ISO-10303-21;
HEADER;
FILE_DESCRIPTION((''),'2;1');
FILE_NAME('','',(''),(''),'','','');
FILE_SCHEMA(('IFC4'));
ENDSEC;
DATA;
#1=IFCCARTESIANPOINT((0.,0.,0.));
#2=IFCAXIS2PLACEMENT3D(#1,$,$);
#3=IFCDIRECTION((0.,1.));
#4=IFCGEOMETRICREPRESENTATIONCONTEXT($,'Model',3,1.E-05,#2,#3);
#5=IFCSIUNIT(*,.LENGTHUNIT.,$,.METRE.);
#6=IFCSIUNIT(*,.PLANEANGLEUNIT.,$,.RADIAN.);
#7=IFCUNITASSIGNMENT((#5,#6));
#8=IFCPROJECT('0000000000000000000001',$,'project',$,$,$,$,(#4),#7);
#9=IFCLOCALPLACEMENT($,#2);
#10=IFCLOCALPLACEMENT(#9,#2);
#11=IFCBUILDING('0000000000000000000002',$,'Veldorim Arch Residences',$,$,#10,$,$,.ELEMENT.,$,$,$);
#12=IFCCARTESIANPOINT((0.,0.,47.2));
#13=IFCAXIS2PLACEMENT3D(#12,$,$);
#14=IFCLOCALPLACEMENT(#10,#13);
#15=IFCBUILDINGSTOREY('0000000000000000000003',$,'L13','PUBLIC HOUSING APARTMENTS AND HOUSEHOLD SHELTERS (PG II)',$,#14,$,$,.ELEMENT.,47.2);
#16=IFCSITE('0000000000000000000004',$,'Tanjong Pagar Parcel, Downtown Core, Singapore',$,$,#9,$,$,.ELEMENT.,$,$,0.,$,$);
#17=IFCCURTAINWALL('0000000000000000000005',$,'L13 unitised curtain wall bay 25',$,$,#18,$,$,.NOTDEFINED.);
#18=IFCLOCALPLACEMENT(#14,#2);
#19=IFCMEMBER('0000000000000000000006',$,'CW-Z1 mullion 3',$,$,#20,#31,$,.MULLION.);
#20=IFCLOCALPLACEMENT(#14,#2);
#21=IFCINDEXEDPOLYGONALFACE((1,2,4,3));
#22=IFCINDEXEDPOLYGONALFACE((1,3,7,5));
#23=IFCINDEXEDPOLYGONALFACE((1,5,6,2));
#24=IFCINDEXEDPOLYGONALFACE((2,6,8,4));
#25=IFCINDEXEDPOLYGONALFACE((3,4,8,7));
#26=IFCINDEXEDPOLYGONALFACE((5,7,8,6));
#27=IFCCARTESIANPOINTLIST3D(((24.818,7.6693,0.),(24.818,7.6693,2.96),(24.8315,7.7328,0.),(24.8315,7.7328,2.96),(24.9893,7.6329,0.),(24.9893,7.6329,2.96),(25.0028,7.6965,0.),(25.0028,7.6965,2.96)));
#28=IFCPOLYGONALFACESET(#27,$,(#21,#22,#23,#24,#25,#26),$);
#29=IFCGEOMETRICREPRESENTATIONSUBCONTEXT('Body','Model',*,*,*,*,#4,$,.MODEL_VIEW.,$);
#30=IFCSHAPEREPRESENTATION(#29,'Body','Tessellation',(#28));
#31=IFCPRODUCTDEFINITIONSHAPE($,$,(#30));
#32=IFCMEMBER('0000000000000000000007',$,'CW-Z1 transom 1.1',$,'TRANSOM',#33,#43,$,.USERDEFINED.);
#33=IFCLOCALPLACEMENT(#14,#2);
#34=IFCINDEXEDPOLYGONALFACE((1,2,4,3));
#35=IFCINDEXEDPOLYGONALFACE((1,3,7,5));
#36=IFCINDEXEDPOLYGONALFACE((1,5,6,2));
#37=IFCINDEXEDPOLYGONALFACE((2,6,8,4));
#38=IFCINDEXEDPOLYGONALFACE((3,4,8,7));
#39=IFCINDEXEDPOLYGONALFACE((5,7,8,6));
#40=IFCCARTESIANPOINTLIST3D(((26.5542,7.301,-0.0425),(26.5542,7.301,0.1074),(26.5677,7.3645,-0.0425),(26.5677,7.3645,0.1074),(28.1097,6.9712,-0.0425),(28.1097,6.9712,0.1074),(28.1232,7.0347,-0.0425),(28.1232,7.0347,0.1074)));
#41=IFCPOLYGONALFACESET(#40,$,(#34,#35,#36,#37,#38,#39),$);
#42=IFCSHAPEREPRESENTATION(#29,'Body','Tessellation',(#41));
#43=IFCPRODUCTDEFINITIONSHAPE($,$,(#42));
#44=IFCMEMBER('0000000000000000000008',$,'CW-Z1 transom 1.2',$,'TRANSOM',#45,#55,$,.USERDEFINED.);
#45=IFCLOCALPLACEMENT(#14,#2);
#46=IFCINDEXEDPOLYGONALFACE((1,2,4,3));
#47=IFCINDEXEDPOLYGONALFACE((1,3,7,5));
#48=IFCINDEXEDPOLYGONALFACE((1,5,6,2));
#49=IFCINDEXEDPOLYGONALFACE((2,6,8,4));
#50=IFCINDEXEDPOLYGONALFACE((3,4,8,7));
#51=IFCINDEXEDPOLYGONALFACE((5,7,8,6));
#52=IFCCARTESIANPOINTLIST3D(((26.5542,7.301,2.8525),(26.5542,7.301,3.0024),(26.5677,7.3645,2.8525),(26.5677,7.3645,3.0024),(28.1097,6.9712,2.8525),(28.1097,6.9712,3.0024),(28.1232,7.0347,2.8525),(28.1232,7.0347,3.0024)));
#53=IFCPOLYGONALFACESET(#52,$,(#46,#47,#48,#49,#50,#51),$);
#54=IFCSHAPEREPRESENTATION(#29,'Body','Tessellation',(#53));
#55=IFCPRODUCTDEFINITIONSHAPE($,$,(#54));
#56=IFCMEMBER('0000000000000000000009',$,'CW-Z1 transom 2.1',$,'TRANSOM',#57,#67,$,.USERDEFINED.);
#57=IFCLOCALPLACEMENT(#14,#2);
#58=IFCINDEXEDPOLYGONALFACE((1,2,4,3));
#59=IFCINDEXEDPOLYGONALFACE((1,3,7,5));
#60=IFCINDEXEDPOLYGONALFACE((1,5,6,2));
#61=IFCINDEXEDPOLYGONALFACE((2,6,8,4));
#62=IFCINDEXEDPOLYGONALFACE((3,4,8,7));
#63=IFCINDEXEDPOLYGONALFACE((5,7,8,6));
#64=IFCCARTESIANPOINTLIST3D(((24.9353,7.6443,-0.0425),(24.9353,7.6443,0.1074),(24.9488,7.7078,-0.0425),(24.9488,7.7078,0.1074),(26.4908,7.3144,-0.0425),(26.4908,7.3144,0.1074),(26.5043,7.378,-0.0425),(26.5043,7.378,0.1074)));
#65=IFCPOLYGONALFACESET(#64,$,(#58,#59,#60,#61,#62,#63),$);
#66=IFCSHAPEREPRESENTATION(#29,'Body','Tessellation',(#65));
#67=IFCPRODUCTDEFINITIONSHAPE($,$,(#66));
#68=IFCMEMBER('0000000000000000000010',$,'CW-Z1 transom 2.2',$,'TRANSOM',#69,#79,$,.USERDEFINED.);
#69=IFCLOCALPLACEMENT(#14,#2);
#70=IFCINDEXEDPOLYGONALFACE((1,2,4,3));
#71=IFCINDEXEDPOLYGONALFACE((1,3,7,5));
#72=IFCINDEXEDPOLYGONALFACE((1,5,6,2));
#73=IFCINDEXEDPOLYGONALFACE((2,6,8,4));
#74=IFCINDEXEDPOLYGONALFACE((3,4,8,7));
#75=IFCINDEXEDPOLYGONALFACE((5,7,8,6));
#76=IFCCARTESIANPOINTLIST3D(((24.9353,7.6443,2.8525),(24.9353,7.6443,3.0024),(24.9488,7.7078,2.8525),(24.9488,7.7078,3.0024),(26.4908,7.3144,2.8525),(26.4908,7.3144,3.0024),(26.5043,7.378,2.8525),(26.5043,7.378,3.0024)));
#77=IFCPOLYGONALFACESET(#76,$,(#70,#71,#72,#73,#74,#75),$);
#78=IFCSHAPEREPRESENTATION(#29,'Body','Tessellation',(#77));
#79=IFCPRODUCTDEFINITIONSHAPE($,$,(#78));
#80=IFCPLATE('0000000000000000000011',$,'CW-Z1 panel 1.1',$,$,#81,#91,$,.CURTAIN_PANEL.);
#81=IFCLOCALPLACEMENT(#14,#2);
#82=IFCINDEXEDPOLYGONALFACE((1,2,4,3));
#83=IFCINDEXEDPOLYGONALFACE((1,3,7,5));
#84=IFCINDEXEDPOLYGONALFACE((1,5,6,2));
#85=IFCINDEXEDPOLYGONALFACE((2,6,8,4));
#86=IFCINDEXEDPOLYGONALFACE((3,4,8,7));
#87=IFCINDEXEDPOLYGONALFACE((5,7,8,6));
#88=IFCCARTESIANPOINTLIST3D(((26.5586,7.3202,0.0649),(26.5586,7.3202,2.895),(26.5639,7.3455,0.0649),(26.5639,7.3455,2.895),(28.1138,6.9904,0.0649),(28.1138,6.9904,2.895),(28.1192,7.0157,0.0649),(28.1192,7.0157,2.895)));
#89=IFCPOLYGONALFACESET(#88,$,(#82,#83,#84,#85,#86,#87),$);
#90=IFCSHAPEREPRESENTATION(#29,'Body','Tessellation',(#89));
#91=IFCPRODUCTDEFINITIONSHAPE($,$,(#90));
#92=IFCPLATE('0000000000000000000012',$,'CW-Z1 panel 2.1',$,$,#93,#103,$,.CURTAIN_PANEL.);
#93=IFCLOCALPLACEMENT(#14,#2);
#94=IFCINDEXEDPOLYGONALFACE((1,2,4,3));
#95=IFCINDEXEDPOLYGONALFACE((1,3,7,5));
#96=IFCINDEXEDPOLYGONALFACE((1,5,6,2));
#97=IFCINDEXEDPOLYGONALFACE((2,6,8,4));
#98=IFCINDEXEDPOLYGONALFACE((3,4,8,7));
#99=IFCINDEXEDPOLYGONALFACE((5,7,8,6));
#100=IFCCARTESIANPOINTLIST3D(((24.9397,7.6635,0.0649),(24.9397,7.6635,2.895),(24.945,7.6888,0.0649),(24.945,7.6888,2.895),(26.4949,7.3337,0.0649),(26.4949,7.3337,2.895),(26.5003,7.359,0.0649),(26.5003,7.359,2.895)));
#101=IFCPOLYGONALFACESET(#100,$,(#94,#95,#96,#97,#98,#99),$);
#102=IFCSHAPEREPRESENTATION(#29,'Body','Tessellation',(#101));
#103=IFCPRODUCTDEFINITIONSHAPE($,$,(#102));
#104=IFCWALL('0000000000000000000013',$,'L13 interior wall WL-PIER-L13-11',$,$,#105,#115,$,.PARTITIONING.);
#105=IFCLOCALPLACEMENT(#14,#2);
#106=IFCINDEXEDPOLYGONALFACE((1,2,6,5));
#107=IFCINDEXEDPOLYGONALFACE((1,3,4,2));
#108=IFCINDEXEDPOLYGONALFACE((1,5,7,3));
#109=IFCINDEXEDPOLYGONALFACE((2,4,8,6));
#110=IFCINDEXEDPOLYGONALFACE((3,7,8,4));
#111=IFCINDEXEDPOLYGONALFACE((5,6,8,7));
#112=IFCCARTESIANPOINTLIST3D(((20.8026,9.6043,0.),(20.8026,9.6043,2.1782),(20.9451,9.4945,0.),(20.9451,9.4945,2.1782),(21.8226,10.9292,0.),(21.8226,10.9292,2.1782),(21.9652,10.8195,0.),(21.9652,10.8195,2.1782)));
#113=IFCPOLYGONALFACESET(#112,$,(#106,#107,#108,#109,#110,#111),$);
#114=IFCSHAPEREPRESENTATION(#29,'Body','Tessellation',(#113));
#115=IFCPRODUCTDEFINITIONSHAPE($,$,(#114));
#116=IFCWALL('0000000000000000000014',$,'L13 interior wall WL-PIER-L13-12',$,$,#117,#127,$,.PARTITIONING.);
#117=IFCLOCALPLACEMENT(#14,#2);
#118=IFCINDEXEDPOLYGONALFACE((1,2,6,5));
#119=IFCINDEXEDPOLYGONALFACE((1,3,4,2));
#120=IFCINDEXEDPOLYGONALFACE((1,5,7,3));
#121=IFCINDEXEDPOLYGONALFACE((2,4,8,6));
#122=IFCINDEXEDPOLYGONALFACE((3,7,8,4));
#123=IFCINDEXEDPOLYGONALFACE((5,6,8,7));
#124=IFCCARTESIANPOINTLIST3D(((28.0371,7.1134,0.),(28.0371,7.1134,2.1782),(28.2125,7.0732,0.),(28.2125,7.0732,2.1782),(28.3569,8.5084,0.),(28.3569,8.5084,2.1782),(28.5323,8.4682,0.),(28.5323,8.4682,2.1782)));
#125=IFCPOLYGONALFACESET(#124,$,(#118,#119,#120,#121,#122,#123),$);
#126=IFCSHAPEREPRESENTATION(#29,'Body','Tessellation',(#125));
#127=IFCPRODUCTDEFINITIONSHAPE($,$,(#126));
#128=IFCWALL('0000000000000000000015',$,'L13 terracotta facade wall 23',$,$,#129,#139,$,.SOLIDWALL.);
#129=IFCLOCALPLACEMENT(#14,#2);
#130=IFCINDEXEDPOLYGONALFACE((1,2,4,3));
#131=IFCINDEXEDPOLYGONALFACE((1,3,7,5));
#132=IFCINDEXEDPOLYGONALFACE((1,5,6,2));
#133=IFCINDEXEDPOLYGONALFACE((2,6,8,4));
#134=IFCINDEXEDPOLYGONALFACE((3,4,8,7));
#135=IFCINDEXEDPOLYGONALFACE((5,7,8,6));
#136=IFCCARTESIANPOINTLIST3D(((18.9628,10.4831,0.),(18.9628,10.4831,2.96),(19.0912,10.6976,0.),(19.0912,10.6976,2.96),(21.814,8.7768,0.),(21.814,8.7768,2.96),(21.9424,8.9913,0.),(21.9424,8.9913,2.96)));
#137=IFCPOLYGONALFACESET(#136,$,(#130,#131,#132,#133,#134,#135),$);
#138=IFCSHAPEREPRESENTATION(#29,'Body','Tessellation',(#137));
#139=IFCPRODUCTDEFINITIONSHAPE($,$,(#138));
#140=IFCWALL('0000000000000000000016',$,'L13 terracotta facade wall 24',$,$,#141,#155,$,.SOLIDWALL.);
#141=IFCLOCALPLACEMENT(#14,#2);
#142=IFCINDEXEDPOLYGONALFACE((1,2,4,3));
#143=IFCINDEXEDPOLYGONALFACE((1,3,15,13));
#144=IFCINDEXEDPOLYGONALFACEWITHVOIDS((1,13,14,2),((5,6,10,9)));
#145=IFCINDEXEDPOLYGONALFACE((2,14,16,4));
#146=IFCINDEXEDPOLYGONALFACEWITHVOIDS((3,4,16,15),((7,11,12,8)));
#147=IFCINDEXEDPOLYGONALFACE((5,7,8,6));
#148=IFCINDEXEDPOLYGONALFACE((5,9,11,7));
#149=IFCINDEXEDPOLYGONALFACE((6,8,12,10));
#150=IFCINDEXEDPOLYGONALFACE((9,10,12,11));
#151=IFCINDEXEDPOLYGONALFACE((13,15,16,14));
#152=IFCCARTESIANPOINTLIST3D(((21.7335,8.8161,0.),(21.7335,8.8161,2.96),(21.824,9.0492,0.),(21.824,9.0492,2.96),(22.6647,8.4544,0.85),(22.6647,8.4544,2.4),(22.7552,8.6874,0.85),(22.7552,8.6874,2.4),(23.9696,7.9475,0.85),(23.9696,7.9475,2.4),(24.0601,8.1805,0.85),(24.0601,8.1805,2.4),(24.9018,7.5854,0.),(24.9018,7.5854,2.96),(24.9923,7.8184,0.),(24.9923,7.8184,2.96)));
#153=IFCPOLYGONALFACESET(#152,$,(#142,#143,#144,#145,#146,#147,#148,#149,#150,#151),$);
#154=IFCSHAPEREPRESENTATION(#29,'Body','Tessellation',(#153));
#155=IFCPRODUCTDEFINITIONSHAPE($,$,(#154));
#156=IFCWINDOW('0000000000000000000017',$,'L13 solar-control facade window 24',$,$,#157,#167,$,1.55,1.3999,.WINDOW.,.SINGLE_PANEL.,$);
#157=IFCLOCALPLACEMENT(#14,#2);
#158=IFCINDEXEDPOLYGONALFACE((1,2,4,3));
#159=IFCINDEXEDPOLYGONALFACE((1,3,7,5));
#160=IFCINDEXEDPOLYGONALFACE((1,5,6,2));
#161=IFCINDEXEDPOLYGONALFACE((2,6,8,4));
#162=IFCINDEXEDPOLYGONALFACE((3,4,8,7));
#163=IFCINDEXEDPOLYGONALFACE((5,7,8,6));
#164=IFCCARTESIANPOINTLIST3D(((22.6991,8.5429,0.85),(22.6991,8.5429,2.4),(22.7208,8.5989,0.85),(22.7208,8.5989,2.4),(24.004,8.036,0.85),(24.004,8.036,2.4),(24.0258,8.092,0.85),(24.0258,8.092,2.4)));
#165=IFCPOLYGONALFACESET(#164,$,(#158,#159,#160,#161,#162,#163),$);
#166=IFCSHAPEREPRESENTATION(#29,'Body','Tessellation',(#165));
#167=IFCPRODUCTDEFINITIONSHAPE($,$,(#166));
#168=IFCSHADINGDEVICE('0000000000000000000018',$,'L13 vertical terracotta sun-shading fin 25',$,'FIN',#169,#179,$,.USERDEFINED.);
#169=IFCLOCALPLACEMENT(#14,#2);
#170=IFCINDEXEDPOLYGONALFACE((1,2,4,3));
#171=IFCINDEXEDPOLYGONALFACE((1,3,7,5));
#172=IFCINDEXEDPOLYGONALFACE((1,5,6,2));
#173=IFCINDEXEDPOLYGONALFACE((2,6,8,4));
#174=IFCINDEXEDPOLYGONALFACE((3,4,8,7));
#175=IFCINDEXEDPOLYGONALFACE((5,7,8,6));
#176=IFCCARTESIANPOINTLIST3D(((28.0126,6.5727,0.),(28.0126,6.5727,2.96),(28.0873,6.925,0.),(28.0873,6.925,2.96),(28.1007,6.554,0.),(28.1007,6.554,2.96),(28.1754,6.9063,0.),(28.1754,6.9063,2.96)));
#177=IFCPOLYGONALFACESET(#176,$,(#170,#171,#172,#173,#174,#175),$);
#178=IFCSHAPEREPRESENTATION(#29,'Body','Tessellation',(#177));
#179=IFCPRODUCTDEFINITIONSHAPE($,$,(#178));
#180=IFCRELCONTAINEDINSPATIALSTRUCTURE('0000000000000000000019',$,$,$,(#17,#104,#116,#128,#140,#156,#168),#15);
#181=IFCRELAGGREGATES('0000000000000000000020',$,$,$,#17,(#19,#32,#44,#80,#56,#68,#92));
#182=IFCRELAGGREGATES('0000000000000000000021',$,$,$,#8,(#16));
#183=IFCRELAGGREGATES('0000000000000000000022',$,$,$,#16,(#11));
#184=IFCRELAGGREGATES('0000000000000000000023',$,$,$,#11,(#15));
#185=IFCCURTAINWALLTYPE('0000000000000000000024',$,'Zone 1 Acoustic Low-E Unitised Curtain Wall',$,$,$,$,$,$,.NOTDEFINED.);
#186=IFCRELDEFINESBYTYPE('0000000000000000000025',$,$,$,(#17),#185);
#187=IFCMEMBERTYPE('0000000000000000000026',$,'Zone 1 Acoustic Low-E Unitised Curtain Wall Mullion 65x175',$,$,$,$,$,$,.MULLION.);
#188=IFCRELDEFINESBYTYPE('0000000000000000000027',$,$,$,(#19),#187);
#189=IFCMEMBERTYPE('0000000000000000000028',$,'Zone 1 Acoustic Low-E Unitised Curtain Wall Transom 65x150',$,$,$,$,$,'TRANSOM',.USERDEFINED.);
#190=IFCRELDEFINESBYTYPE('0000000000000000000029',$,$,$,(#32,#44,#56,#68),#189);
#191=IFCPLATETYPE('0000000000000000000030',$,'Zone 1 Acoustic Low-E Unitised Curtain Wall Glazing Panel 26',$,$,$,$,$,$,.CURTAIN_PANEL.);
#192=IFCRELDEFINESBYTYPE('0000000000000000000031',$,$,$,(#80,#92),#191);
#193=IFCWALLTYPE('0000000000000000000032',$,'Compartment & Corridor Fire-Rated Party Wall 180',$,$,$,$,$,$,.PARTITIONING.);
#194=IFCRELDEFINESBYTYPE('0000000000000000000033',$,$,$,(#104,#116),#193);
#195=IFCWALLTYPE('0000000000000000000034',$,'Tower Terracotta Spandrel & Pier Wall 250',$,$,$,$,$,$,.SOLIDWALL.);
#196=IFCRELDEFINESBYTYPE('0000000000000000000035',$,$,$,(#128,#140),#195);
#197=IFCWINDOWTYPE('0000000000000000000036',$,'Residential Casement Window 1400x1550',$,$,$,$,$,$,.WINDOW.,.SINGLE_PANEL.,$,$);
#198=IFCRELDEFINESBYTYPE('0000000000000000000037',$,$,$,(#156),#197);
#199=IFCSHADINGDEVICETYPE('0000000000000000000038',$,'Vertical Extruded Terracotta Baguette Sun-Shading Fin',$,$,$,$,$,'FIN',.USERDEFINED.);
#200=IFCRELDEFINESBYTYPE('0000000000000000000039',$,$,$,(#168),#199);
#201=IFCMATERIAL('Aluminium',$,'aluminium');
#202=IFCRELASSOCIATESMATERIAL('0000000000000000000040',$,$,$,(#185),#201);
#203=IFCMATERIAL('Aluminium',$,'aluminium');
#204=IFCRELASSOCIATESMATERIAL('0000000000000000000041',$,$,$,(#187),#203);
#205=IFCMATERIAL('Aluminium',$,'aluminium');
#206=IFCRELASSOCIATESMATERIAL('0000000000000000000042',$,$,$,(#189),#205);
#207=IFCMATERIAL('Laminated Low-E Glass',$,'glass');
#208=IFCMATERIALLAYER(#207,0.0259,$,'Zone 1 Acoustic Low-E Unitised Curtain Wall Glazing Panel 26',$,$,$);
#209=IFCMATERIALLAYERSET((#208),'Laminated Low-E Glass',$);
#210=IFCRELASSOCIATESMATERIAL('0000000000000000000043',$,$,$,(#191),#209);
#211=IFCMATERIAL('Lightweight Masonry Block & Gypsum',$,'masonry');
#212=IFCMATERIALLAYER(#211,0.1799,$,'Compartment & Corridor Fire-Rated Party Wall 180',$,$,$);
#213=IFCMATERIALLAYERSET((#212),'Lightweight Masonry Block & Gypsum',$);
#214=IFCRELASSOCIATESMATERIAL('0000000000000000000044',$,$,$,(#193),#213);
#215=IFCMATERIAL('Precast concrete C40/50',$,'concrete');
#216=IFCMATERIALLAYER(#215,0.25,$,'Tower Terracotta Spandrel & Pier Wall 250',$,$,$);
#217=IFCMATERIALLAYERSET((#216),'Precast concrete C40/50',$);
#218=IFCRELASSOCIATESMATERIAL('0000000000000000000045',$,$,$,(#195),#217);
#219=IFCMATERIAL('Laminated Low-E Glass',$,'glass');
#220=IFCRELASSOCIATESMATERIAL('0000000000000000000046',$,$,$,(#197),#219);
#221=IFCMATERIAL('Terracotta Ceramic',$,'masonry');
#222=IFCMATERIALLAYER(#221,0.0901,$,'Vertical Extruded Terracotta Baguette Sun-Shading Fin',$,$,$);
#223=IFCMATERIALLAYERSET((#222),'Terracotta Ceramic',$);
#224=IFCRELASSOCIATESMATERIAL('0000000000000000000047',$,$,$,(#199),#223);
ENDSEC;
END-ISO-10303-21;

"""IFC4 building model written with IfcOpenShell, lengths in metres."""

from ifc_helpers import new_model, si_unit, direction, frame, frame_2d, origin, origin_2d, place, context, subcontext, project, spatial, rectangle, extrude, material, layer, layer_set, material_profile, profile_set, type_object, element, fill, aggregate, save


model = new_model("IFC4")

# Units and contexts
model_context = context("Model", 3, precision=1e-05, world=origin(), true_north=direction((0.0, 1.0)))
body_context = subcontext(model_context, "Body", "Model", "MODEL_VIEW")
ifc_project = project(units=[si_unit("LENGTHUNIT", "METRE"), si_unit("PLANEANGLEUNIT", "RADIAN")], contexts=[model_context])

# Site, building, storey
site_placement = place(None, origin())
site = spatial("IfcSite", under=ifc_project, at=site_placement, Name="Tanjong Pagar Parcel, Downtown Core, Singapore", CompositionType="ELEMENT", RefElevation=0.0)
building_placement = place(site_placement, origin())
building = spatial("IfcBuilding", under=site, at=building_placement, Name="Veldorim Arch Residences", CompositionType="ELEMENT")
storey_placement = place(building_placement, frame((0.0, 0.0, 47.2)))
storey = spatial("IfcBuildingStorey", under=building, at=storey_placement, Name="L13", Description="PUBLIC HOUSING APARTMENTS AND HOUSEHOLD SHELTERS (PG II)", CompositionType="ELEMENT", Elevation=47.2)

# Shared definitions
ifc_material_1 = material(Name="Aluminium", Category="aluminium")
curtain_wall_type = type_object("IfcCurtainWallType", Name="Zone 1 Acoustic Low-E Unitised Curtain Wall", PredefinedType="NOTDEFINED", material=ifc_material_1)
ifc_material_2 = material(Name="Aluminium", Category="aluminium")
ifc_material_profile_1 = material_profile(ifc_material_2, rectangle(XDim=0.0649, YDim=0.175, at=origin_2d()), Name="ALU_MUL_65x175")
ifc_profile_set_1 = profile_set([ifc_material_profile_1], Name="Aluminium")
member_type_1 = type_object("IfcMemberType", Name="Zone 1 Acoustic Low-E Unitised Curtain Wall Mullion 65x175", PredefinedType="MULLION", material=ifc_profile_set_1)

# Curtain wall, members, plates
curtain_wall_1_placement = place(storey_placement, origin())
curtain_wall_1 = element("IfcCurtainWall", 1, at=curtain_wall_1_placement, inside=storey, type_object=curtain_wall_type, Name="L13 unitised curtain wall bay 25", PredefinedType="NOTDEFINED")
member_1_placement = place(storey_placement, frame((24.9104, 7.6829, 0.0), z_axis=(0.0, 0.0, 1.0), x_axis=(-0.207442, -0.978247, 0.0)))
member_1 = element("IfcMember", 2, at=member_1_placement, type_object=member_type_1, Name="CW-Z1 mullion 3", PredefinedType="MULLION", context=body_context, shape_type="SweptSolid", body=[
    extrude(rectangle(XDim=0.0649, YDim=0.175, at=origin_2d()), origin(), (0.0, 0.0, 1.0), 2.96),
])
ifc_material_3 = material(Name="Aluminium", Category="aluminium")
ifc_material_profile_2 = material_profile(ifc_material_3, rectangle(XDim=0.0649, YDim=0.1499, at=origin_2d()), Name="ALU_TRN_65x150")
ifc_profile_set_2 = profile_set([ifc_material_profile_2], Name="Aluminium")
member_type_2 = type_object("IfcMemberType", Name="Zone 1 Acoustic Low-E Unitised Curtain Wall Transom 65x150", ElementType="TRANSOM", PredefinedType="USERDEFINED", material=ifc_profile_set_2)
member_2_placement = place(storey_placement, frame((28.1165, 7.0029, 0.0325), z_axis=(-0.978247, 0.207442, 0.0), x_axis=(-0.207442, -0.978247, 0.0)))
member_2 = element("IfcMember", 3, at=member_2_placement, type_object=member_type_2, Name="CW-Z1 transom 1.1", ObjectType="TRANSOM", PredefinedType="USERDEFINED", context=body_context, shape_type="SweptSolid", body=[
    extrude(rectangle(XDim=0.0649, YDim=0.1499, at=origin_2d()), origin(), (0.0, 0.0, 1.0), 1.5901),
])
member_3_placement = place(storey_placement, frame((28.1165, 7.0029, 2.9275), z_axis=(-0.978247, 0.207442, 0.0), x_axis=(-0.207442, -0.978247, 0.0)))
member_3 = element("IfcMember", 4, at=member_3_placement, type_object=member_type_2, Name="CW-Z1 transom 1.2", ObjectType="TRANSOM", PredefinedType="USERDEFINED", context=body_context, shape_type="SweptSolid", body=[
    extrude(rectangle(XDim=0.0649, YDim=0.1499, at=origin_2d()), origin(), (0.0, 0.0, 1.0), 1.5901),
])
member_4_placement = place(storey_placement, frame((26.4976, 7.3462, 0.0325), z_axis=(-0.978247, 0.207442, 0.0), x_axis=(-0.207442, -0.978247, 0.0)))
member_4 = element("IfcMember", 5, at=member_4_placement, type_object=member_type_2, Name="CW-Z1 transom 2.1", ObjectType="TRANSOM", PredefinedType="USERDEFINED", context=body_context, shape_type="SweptSolid", body=[
    extrude(rectangle(XDim=0.0649, YDim=0.1499, at=origin_2d()), origin(), (0.0, 0.0, 1.0), 1.5901),
])
member_5_placement = place(storey_placement, frame((26.4976, 7.3462, 2.9275), z_axis=(-0.978247, 0.207442, 0.0), x_axis=(-0.207442, -0.978247, 0.0)))
member_5 = element("IfcMember", 6, at=member_5_placement, type_object=member_type_2, Name="CW-Z1 transom 2.2", ObjectType="TRANSOM", PredefinedType="USERDEFINED", context=body_context, shape_type="SweptSolid", body=[
    extrude(rectangle(XDim=0.0649, YDim=0.1499, at=origin_2d()), origin(), (0.0, 0.0, 1.0), 1.5901),
])
ifc_material_4 = material(Name="Laminated Low-E Glass", Category="glass")
ifc_layer_1 = layer(ifc_material_4, 0.0259, Name="Zone 1 Acoustic Low-E Unitised Curtain Wall Glazing Panel 26")
ifc_layer_set_1 = layer_set([ifc_layer_1], Name="Laminated Low-E Glass")
plate_type = type_object("IfcPlateType", Name="Zone 1 Acoustic Low-E Unitised Curtain Wall Glazing Panel 26", PredefinedType="CURTAIN_PANEL", material=ifc_layer_set_1)
plate_1_placement = place(storey_placement, frame((27.3389, 7.168, 0.0649), z_axis=(0.0, 0.0, 1.0), x_axis=(-0.978247, 0.207442, 0.0)))
plate_1 = element("IfcPlate", 7, at=plate_1_placement, type_object=plate_type, Name="CW-Z1 panel 1.1", PredefinedType="CURTAIN_PANEL", context=body_context, shape_type="SweptSolid", body=[
    extrude(rectangle(XDim=1.5898, YDim=0.0259, at=origin_2d()), origin(), (0.0, 0.0, 1.0), 2.8301),
])
plate_2_placement = place(storey_placement, frame((25.72, 7.5112, 0.0649), z_axis=(0.0, 0.0, 1.0), x_axis=(-0.978247, 0.207442, 0.0)))
plate_2 = element("IfcPlate", 8, at=plate_2_placement, type_object=plate_type, Name="CW-Z1 panel 2.1", PredefinedType="CURTAIN_PANEL", context=body_context, shape_type="SweptSolid", body=[
    extrude(rectangle(XDim=1.5898, YDim=0.0259, at=origin_2d()), origin(), (0.0, 0.0, 1.0), 2.8301),
])
aggregate(curtain_wall_1, [member_1, member_2, member_3, plate_1, member_4, member_5, plate_2])

# Walls
ifc_material_5 = material(Name="Lightweight Masonry Block & Gypsum", Category="masonry")
ifc_layer_2 = layer(ifc_material_5, 0.1799, Name="Compartment & Corridor Fire-Rated Party Wall 180")
ifc_layer_set_2 = layer_set([ifc_layer_2], Name="Lightweight Masonry Block & Gypsum")
wall_type_1 = type_object("IfcWallType", Name="Compartment & Corridor Fire-Rated Party Wall 180", PredefinedType="PARTITIONING", material=ifc_layer_set_2)
wall_1_placement = place(storey_placement, frame((21.8938, 10.8743, 0.0), z_axis=(0.0, 0.0, 1.0), x_axis=(-0.610021, -0.792385, 0.0)))
element("IfcWall", 9, at=wall_1_placement, inside=storey, type_object=wall_type_1, Name="L13 interior wall WL-PIER-L13-11", PredefinedType="PARTITIONING", context=body_context, shape_type="SweptSolid", body=[
    extrude(rectangle(XDim=1.6721, YDim=0.1799, at=frame_2d((0.8359, 0.0))), origin(), (0.0, 0.0, 1.0), 2.1782),
])
wall_2_placement = place(storey_placement, frame((28.4446, 8.4883, 0.0), z_axis=(0.0, 0.0, 1.0), x_axis=(-0.223464, -0.974712, 0.0)))
element("IfcWall", 10, at=wall_2_placement, inside=storey, type_object=wall_type_1, Name="L13 interior wall WL-PIER-L13-12", PredefinedType="PARTITIONING", context=body_context, shape_type="SweptSolid", body=[
    extrude(rectangle(XDim=1.4312, YDim=0.1799, at=frame_2d((0.7156, 0.0))), origin(), (0.0, 0.0, 1.0), 2.1782),
])
ifc_material_6 = material(Name="Precast concrete C40/50", Category="concrete")
ifc_layer_3 = layer(ifc_material_6, 0.25, Name="Tower Terracotta Spandrel & Pier Wall 250")
ifc_layer_set_3 = layer_set([ifc_layer_3], Name="Precast concrete C40/50")
wall_type_2 = type_object("IfcWallType", Name="Tower Terracotta Spandrel & Pier Wall 250", PredefinedType="SOLIDWALL", material=ifc_layer_set_3)
wall_3_placement = place(storey_placement, frame((21.8782, 8.884, 0.0), z_axis=(0.0, 0.0, 1.0), x_axis=(-0.858069, 0.513534, 0.0)))
element("IfcWall", 11, at=wall_3_placement, inside=storey, type_object=wall_type_2, Name="L13 terracotta facade wall 23", PredefinedType="SOLIDWALL", context=body_context, shape_type="SweptSolid", body=[
    extrude(rectangle(XDim=3.3228, YDim=0.25, at=frame_2d((1.6614, 0.0))), origin(), (0.0, 0.0, 1.0), 2.96),
])

# Wall, opening, window
wall_4_placement = place(storey_placement, frame((24.947, 7.7019, 0.0), z_axis=(0.0, 0.0, 1.0), x_axis=(-0.932141, 0.362096, 0.0)))
wall_4 = element("IfcWall", 12, at=wall_4_placement, inside=storey, type_object=wall_type_2, Name="L13 terracotta facade wall 24", PredefinedType="SOLIDWALL", context=body_context, shape_type="SweptSolid", body=[
    extrude(rectangle(XDim=3.3989, YDim=0.25, at=frame_2d((1.6995, 0.0))), origin(), (0.0, 0.0, 1.0), 2.96),
])
opening_placement = place(wall_4_placement, frame((1.0, 0.0, 0.8501)))
opening = element("IfcOpeningElement", 13, at=opening_placement, cuts=wall_4, PredefinedType="OPENING", context=body_context, shape_type="SweptSolid", body=[
    extrude(rectangle(XDim=1.3999, YDim=1.55, at=frame_2d((0.7, 0.7749))), frame((0.0, 0.135, 0.0), z_axis=(0.0, -1.0, 0.0), x_axis=(1.0, 0.0, 0.0)), (0.0, 0.0, 1.0), 0.27),
])
ifc_material_7 = material(Name="Laminated Low-E Glass", Category="glass")
window_type = type_object("IfcWindowType", Name="Residential Casement Window 1400x1550", PartitioningType="SINGLE_PANEL", PredefinedType="WINDOW", material=ifc_material_7)
window_placement = place(opening_placement, origin())
window = element("IfcWindow", 14, at=window_placement, inside=storey, type_object=window_type, Name="L13 solar-control facade window 24", OverallHeight=1.55, OverallWidth=1.3999, PartitioningType="SINGLE_PANEL", PredefinedType="WINDOW", context=body_context, shape_type="SweptSolid", body=[
    extrude(rectangle(XDim=1.3999, YDim=1.55, at=frame_2d((0.7, 0.7749))), frame((0.0, 0.03, 0.0), z_axis=(0.0, -1.0, 0.0), x_axis=(1.0, 0.0, 0.0)), (0.0, 0.0, 1.0), 0.0601),
])
fill(opening, window)

# Shading device
ifc_material_8 = material(Name="Terracotta Ceramic", Category="masonry")
ifc_layer_4 = layer(ifc_material_8, 0.0901, Name="Vertical Extruded Terracotta Baguette Sun-Shading Fin")
ifc_layer_set_4 = layer_set([ifc_layer_4], Name="Terracotta Ceramic")
shading_device_type = type_object("IfcShadingDeviceType", Name="Vertical Extruded Terracotta Baguette Sun-Shading Fin", ElementType="FIN", PredefinedType="USERDEFINED", material=ifc_layer_set_4)
shading_device_placement = place(storey_placement, frame((28.094, 6.7395, 0.0), z_axis=(0.0, 0.0, 1.0), x_axis=(-0.978256, 0.2074, 0.0)))
element("IfcShadingDevice", 15, at=shading_device_placement, inside=storey, type_object=shading_device_type, Name="L13 vertical terracotta sun-shading fin 25", ObjectType="FIN", PredefinedType="USERDEFINED", context=body_context, shape_type="SweptSolid", body=[
    extrude(rectangle(XDim=0.0901, YDim=0.3601, at=origin_2d()), origin(), (0.0, 0.0, 1.0), 2.96),
])

save(model, "model.ifc")
